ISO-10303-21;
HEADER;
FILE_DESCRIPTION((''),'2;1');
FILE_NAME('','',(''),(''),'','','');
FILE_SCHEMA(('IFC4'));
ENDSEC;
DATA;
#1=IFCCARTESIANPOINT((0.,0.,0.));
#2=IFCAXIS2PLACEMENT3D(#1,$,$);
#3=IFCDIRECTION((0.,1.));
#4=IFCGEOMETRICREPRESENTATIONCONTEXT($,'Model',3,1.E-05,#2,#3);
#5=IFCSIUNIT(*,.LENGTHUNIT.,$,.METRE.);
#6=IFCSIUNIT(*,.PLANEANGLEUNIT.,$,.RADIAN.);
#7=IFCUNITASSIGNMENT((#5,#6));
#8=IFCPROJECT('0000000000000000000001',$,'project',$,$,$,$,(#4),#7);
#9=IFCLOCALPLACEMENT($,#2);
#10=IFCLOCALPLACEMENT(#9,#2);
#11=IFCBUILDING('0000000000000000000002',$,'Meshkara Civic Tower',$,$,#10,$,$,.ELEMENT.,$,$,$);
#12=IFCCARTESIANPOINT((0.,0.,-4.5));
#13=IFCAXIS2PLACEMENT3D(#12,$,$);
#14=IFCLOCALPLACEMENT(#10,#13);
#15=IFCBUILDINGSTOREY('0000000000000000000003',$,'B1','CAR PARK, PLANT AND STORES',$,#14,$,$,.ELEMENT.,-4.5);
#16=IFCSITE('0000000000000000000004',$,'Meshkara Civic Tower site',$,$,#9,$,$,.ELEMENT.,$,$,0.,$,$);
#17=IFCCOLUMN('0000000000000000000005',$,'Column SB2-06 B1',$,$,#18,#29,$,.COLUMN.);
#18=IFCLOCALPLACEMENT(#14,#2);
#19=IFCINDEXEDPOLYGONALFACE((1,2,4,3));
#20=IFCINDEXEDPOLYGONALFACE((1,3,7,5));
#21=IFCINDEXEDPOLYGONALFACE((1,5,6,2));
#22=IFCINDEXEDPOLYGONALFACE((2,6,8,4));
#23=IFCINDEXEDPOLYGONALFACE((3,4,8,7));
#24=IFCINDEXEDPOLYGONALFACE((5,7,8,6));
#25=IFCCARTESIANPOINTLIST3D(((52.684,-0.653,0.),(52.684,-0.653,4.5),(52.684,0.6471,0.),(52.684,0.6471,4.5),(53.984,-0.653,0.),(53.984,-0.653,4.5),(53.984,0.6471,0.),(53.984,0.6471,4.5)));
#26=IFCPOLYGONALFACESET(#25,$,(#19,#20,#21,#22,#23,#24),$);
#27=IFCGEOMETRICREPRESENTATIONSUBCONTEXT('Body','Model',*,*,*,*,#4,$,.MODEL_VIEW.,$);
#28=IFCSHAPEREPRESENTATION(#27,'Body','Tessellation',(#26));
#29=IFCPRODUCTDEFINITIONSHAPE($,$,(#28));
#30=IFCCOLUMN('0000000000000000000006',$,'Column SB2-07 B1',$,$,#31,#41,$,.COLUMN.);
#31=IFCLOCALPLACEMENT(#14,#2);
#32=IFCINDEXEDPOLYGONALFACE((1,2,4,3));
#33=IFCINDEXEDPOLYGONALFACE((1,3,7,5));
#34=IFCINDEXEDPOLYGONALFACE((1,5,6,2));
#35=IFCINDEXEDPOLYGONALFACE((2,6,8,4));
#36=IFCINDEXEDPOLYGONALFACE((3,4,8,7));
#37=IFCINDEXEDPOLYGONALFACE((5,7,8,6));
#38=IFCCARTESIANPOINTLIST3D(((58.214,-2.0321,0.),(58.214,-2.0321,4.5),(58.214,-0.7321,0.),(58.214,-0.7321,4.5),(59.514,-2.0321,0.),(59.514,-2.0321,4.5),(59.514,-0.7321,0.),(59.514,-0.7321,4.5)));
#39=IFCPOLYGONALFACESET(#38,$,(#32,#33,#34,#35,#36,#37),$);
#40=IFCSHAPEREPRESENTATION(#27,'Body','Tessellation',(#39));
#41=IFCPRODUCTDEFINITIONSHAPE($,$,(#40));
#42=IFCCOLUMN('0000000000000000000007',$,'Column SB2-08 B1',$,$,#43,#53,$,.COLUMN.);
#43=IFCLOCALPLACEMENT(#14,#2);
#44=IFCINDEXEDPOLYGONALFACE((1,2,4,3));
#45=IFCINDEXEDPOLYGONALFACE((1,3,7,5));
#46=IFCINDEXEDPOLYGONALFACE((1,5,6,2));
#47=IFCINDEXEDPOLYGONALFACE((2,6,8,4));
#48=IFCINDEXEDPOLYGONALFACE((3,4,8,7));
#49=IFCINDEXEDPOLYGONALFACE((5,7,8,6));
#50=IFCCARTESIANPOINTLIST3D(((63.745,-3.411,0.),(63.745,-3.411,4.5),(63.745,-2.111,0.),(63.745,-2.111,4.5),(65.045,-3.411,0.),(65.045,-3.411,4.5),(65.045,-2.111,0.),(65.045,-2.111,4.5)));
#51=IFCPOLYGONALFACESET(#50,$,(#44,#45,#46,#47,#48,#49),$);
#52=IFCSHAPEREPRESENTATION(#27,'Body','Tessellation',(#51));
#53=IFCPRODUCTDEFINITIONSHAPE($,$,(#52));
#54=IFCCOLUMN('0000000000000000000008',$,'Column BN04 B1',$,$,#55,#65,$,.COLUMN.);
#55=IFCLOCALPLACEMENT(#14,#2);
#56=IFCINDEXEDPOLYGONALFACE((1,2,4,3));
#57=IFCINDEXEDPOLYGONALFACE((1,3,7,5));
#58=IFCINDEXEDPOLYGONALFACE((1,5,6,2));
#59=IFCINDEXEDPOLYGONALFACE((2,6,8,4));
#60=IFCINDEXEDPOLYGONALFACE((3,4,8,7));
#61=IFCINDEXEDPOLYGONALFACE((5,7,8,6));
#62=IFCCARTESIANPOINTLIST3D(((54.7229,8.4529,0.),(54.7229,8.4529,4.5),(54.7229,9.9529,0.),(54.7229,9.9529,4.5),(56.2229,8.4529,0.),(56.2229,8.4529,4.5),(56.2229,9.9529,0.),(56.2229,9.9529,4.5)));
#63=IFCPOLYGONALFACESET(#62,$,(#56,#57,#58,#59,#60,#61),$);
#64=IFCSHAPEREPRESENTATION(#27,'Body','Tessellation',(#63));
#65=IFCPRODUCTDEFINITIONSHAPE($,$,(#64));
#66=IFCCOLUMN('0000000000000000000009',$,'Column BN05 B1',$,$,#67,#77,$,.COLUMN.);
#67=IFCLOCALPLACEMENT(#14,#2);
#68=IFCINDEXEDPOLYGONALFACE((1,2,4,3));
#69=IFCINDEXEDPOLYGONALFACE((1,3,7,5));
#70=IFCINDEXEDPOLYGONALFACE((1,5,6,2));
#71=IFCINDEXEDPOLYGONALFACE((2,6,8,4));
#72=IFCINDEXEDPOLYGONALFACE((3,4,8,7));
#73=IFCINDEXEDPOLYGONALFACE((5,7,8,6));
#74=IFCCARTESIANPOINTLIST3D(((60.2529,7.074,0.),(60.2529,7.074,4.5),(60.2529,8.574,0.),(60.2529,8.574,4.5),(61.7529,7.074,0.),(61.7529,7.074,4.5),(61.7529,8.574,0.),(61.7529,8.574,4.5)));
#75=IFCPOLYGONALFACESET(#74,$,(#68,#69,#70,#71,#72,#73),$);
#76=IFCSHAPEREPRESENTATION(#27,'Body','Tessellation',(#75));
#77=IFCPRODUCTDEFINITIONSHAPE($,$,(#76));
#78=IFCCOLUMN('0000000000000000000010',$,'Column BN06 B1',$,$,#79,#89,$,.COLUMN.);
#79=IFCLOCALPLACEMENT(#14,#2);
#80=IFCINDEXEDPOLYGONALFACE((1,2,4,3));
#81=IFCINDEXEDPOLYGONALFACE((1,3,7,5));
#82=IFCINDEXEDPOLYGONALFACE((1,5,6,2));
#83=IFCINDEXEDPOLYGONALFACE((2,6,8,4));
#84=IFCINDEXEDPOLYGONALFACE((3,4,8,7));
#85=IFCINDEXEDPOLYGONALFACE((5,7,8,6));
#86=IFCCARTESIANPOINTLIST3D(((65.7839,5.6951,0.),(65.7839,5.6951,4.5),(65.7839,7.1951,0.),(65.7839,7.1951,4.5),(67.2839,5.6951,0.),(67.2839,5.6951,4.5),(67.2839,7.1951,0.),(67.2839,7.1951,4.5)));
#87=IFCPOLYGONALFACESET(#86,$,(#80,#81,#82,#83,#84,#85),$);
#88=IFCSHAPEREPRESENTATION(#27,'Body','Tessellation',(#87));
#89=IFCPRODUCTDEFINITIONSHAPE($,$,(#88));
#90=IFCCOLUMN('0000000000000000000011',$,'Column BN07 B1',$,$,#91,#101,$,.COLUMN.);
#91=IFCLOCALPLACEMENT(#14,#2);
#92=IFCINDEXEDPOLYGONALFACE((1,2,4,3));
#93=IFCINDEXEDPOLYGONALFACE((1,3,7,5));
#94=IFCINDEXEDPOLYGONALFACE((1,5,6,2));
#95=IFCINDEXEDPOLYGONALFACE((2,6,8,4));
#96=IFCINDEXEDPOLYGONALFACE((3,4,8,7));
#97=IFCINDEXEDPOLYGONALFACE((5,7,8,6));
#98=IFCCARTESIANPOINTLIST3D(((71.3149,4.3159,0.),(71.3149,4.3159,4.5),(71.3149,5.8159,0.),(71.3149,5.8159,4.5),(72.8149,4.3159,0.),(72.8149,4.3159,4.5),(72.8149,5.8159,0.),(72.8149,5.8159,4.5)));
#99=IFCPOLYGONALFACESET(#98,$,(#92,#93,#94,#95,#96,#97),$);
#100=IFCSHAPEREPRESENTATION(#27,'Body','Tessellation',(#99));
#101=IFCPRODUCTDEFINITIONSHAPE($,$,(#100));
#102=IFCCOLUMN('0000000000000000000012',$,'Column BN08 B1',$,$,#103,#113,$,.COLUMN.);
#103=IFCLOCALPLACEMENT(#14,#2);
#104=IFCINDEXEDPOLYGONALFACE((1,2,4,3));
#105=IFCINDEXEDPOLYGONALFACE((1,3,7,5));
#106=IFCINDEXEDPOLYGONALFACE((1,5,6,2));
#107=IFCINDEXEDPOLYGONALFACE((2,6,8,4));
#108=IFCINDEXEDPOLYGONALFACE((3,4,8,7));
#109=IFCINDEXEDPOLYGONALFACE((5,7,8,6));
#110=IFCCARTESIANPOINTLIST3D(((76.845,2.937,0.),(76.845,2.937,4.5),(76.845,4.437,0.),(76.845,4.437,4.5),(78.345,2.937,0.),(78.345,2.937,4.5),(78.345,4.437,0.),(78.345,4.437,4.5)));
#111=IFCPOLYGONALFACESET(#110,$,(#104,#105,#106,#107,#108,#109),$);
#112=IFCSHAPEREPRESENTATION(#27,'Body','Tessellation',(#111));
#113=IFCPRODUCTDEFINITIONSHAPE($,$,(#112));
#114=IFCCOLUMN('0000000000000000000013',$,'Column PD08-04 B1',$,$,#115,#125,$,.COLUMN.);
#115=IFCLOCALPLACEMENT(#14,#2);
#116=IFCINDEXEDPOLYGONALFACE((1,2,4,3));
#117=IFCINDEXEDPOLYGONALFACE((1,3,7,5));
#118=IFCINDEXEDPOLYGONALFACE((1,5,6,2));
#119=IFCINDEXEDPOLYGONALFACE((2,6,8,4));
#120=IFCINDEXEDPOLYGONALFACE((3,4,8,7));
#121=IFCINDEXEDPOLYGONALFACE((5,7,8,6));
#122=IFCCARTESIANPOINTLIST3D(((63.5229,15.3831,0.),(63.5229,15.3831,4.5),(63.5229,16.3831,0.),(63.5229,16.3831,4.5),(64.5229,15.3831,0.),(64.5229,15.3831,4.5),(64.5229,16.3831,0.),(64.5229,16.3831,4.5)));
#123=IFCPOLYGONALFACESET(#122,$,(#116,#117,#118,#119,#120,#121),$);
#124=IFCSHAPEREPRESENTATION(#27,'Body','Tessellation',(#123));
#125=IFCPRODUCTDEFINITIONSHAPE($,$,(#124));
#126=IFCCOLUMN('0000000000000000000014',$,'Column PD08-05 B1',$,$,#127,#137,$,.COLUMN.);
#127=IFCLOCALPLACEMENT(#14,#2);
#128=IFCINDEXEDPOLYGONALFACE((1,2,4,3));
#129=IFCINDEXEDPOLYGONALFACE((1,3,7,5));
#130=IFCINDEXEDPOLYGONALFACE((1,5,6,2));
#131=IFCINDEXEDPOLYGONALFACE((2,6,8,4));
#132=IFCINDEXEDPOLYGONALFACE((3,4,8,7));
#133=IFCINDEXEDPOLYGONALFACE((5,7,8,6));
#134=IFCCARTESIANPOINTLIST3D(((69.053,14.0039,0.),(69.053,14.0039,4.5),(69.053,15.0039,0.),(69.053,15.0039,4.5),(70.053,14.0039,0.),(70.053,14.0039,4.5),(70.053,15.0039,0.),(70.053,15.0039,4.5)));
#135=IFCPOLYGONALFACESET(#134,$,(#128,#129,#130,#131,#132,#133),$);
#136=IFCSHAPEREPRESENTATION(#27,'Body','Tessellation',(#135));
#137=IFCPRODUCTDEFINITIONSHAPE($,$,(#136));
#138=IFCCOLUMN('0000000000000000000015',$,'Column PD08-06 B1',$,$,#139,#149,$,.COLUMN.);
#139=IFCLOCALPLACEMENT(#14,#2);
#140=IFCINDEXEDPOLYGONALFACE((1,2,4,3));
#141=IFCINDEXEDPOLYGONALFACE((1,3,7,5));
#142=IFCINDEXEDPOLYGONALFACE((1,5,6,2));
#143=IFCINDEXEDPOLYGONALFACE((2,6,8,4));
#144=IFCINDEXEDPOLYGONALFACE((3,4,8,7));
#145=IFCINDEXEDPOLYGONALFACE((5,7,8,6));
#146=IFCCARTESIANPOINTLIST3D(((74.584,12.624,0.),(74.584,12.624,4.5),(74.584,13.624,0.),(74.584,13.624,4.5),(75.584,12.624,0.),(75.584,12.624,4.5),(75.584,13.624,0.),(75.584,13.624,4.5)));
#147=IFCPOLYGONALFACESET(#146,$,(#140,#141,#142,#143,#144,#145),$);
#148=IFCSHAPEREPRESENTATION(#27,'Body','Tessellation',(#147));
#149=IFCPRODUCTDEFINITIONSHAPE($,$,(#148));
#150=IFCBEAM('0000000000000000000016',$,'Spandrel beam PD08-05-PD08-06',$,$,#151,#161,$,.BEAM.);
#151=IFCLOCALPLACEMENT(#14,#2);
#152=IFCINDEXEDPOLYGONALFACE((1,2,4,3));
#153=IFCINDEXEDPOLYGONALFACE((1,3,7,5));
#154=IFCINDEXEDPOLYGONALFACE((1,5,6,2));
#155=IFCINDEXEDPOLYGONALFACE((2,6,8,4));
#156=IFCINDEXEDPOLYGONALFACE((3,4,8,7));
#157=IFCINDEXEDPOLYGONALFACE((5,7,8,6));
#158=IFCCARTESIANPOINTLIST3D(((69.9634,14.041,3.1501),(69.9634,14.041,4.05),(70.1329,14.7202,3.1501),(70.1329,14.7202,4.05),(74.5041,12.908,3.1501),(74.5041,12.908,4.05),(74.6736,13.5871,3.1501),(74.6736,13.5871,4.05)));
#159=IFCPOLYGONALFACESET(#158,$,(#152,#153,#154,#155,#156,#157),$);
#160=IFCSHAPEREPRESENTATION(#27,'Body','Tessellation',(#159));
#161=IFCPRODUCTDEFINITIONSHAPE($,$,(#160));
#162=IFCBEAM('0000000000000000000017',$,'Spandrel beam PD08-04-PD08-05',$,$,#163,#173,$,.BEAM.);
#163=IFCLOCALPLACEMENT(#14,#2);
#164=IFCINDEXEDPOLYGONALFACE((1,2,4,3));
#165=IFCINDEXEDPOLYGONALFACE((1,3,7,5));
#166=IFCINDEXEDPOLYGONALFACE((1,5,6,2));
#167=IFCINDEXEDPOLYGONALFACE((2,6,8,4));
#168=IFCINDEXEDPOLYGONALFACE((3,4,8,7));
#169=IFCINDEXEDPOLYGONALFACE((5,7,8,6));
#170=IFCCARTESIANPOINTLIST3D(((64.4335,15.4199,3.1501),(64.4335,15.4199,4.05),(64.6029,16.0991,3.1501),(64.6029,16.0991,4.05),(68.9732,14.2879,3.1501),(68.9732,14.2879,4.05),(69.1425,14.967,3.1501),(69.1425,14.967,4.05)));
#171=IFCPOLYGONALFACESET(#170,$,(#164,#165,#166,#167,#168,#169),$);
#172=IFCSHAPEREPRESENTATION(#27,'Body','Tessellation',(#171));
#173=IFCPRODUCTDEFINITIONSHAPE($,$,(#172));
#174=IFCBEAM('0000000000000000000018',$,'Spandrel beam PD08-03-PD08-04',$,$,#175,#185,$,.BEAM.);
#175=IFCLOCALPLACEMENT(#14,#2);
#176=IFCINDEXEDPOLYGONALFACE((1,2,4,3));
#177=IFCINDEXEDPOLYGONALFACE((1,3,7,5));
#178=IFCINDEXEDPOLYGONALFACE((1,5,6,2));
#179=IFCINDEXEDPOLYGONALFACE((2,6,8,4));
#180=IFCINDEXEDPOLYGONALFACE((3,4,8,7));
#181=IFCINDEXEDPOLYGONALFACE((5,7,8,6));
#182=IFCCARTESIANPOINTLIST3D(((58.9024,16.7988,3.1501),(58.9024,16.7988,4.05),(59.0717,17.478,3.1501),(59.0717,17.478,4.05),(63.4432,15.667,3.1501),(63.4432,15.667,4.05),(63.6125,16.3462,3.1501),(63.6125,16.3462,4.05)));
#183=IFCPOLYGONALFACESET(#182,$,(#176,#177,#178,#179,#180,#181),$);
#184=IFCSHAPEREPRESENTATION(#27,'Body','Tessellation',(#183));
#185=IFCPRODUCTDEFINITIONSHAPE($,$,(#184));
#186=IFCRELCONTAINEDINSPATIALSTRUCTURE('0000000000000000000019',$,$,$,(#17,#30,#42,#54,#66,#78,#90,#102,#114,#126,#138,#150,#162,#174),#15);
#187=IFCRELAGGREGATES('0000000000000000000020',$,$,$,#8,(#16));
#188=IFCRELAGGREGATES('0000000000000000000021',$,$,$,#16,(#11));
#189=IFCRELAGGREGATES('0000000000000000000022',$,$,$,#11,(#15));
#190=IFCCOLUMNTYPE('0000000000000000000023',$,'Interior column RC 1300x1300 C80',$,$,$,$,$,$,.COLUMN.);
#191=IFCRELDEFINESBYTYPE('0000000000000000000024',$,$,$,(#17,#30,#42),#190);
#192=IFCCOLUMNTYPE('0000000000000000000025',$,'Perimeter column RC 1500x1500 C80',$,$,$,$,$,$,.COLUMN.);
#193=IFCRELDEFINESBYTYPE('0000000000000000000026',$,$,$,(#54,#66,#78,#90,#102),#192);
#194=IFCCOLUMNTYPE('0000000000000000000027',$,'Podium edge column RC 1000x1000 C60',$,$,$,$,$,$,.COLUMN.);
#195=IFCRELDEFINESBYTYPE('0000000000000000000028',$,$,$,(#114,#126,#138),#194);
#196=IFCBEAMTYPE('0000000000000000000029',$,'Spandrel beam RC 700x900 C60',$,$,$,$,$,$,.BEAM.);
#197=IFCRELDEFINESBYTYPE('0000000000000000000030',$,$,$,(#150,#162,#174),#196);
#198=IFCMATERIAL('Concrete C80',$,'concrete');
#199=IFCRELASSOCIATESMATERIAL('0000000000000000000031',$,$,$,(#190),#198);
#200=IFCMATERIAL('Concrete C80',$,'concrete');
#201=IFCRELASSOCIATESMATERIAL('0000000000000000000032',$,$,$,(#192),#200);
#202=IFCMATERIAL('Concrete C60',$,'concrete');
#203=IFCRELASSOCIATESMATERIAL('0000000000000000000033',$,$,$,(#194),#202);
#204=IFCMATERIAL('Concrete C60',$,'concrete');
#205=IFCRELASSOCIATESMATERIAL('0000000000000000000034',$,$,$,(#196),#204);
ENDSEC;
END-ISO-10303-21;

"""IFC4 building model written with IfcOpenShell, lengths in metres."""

from ifc_helpers import new_model, si_unit, direction, frame, origin, origin_2d, place, context, subcontext, project, spatial, rectangle, extrude, material, material_profile, profile_set, type_object, element, save


model = new_model("IFC4")

# Units and contexts
model_context = context("Model", 3, precision=1e-05, world=origin(), true_north=direction((0.0, 1.0)))
body_context = subcontext(model_context, "Body", "Model", "MODEL_VIEW")
ifc_project = project(units=[si_unit("LENGTHUNIT", "METRE"), si_unit("PLANEANGLEUNIT", "RADIAN")], contexts=[model_context])

# Site, building, storey
site_placement = place(None, origin())
site = spatial("IfcSite", under=ifc_project, at=site_placement, Name="Meshkara Civic Tower site", CompositionType="ELEMENT", RefElevation=0.0)
building_placement = place(site_placement, origin())
building = spatial("IfcBuilding", under=site, at=building_placement, Name="Meshkara Civic Tower", CompositionType="ELEMENT")
storey_placement = place(building_placement, frame((0.0, 0.0, -4.5)))
storey = spatial("IfcBuildingStorey", under=building, at=storey_placement, Name="B1", Description="CAR PARK, PLANT AND STORES", CompositionType="ELEMENT", Elevation=-4.5)

# Columns
ifc_material_1 = material(Name="Concrete C80", Category="concrete")
ifc_material_profile_1 = material_profile(ifc_material_1, rectangle(XDim=1.3, YDim=1.3, at=origin_2d()))
ifc_profile_set_1 = profile_set([ifc_material_profile_1], Name="Concrete C80")
column_type_1 = type_object("IfcColumnType", Name="Interior column RC 1300x1300 C80", PredefinedType="COLUMN", material=ifc_profile_set_1)
for number, where, z_axis, x_axis, name in (
    (1, (53.334, -0.0029, 0.0), (0.0, 0.0, 1.0), (1.0, 0.0, 0.0), "Column SB2-06 B1"),
    (2, (58.864, -1.3821, 0.0), (0.0, 0.0, 1.0), (1.0, 0.0, 0.0), "Column SB2-07 B1"),
    (3, (64.395, -2.761, 0.0), (0.0, 0.0, 1.0), (1.0, 0.0, 0.0), "Column SB2-08 B1"),
):
    element("IfcColumn", number, at=place(storey_placement, frame(where, z_axis=z_axis, x_axis=x_axis)), inside=storey, type_object=column_type_1, Name=name, PredefinedType="COLUMN", context=body_context, shape_type="SweptSolid", body=[
        extrude(rectangle(XDim=1.3, YDim=1.3, at=origin_2d()), origin(), (0.0, 0.0, 1.0), 4.5),
    ])
ifc_material_2 = material(Name="Concrete C80", Category="concrete")
ifc_material_profile_2 = material_profile(ifc_material_2, rectangle(XDim=1.5, YDim=1.5, at=origin_2d()))
ifc_profile_set_2 = profile_set([ifc_material_profile_2], Name="Concrete C80")
column_type_2 = type_object("IfcColumnType", Name="Perimeter column RC 1500x1500 C80", PredefinedType="COLUMN", material=ifc_profile_set_2)
for number, where, z_axis, x_axis, name in (
    (4, (55.4729, 9.2029, 0.0), (0.0, 0.0, 1.0), (1.0, 0.0, 0.0), "Column BN04 B1"),
    (5, (61.0029, 7.824, 0.0), (0.0, 0.0, 1.0), (1.0, 0.0, 0.0), "Column BN05 B1"),
    (6, (66.5339, 6.4451, 0.0), (0.0, 0.0, 1.0), (1.0, 0.0, 0.0), "Column BN06 B1"),
    (7, (72.0649, 5.0659, 0.0), (0.0, 0.0, 1.0), (1.0, 0.0, 0.0), "Column BN07 B1"),
    (8, (77.595, 3.687, 0.0), (0.0, 0.0, 1.0), (1.0, 0.0, 0.0), "Column BN08 B1"),
):
    element("IfcColumn", number, at=place(storey_placement, frame(where, z_axis=z_axis, x_axis=x_axis)), inside=storey, type_object=column_type_2, Name=name, PredefinedType="COLUMN", context=body_context, shape_type="SweptSolid", body=[
        extrude(rectangle(XDim=1.5, YDim=1.5, at=origin_2d()), origin(), (0.0, 0.0, 1.0), 4.5),
    ])
ifc_material_3 = material(Name="Concrete C60", Category="concrete")
ifc_material_profile_3 = material_profile(ifc_material_3, rectangle(XDim=1.0, YDim=1.0, at=origin_2d()))
ifc_profile_set_3 = profile_set([ifc_material_profile_3], Name="Concrete C60")
column_type_3 = type_object("IfcColumnType", Name="Podium edge column RC 1000x1000 C60", PredefinedType="COLUMN", material=ifc_profile_set_3)
for number, where, z_axis, x_axis, name in (
    (9, (64.0229, 15.8831, 0.0), (0.0, 0.0, 1.0), (1.0, 0.0, 0.0), "Column PD08-04 B1"),
    (10, (69.553, 14.5039, 0.0), (0.0, 0.0, 1.0), (1.0, 0.0, 0.0), "Column PD08-05 B1"),
    (11, (75.084, 13.124, 0.0), (0.0, 0.0, 1.0), (1.0, 0.0, 0.0), "Column PD08-06 B1"),
):
    element("IfcColumn", number, at=place(storey_placement, frame(where, z_axis=z_axis, x_axis=x_axis)), inside=storey, type_object=column_type_3, Name=name, PredefinedType="COLUMN", context=body_context, shape_type="SweptSolid", body=[
        extrude(rectangle(XDim=1.0, YDim=1.0, at=origin_2d()), origin(), (0.0, 0.0, 1.0), 4.5),
    ])

# Beams
ifc_material_4 = material(Name="Concrete C60", Category="concrete")
ifc_material_profile_4 = material_profile(ifc_material_4, rectangle(XDim=0.7, YDim=0.8999, at=origin_2d()))
ifc_profile_set_4 = profile_set([ifc_material_profile_4], Name="Concrete C60")
beam_type = type_object("IfcBeamType", Name="Spandrel beam RC 700x900 C60", PredefinedType="BEAM", material=ifc_profile_set_4)
beam_1_placement = place(storey_placement, frame((74.5889, 13.2476, 3.6001), z_axis=(-0.97025, 0.242106, 0.0), x_axis=(-0.242106, -0.97025, 0.0)))
element("IfcBeam", 12, at=beam_1_placement, inside=storey, type_object=beam_type, Name="Spandrel beam PD08-05-PD08-06", PredefinedType="BEAM", context=body_context, shape_type="SweptSolid", body=[
    extrude(rectangle(XDim=0.7, YDim=0.8999, at=origin_2d()), origin(), (0.0, 0.0, 1.0), 4.6799),
])
beam_2_placement = place(storey_placement, frame((69.0579, 14.6274, 3.6001), z_axis=(-0.970287, 0.241959, 0.0), x_axis=(-0.241959, -0.970287, 0.0)))
element("IfcBeam", 13, at=beam_2_placement, inside=storey, type_object=beam_type, Name="Spandrel beam PD08-04-PD08-05", PredefinedType="BEAM", context=body_context, shape_type="SweptSolid", body=[
    extrude(rectangle(XDim=0.7, YDim=0.8999, at=origin_2d()), origin(), (0.0, 0.0, 1.0), 4.6787),
])
beam_3_placement = place(storey_placement, frame((63.5278, 16.0066, 3.6001), z_axis=(-0.970311, 0.24186, 0.0), x_axis=(-0.24186, -0.970311, 0.0)))
element("IfcBeam", 14, at=beam_3_placement, inside=storey, type_object=beam_type, Name="Spandrel beam PD08-03-PD08-04", PredefinedType="BEAM", context=body_context, shape_type="SweptSolid", body=[
    extrude(rectangle(XDim=0.7, YDim=0.8999, at=origin_2d()), origin(), (0.0, 0.0, 1.0), 4.6797),
])

save(model, "model.ifc")
